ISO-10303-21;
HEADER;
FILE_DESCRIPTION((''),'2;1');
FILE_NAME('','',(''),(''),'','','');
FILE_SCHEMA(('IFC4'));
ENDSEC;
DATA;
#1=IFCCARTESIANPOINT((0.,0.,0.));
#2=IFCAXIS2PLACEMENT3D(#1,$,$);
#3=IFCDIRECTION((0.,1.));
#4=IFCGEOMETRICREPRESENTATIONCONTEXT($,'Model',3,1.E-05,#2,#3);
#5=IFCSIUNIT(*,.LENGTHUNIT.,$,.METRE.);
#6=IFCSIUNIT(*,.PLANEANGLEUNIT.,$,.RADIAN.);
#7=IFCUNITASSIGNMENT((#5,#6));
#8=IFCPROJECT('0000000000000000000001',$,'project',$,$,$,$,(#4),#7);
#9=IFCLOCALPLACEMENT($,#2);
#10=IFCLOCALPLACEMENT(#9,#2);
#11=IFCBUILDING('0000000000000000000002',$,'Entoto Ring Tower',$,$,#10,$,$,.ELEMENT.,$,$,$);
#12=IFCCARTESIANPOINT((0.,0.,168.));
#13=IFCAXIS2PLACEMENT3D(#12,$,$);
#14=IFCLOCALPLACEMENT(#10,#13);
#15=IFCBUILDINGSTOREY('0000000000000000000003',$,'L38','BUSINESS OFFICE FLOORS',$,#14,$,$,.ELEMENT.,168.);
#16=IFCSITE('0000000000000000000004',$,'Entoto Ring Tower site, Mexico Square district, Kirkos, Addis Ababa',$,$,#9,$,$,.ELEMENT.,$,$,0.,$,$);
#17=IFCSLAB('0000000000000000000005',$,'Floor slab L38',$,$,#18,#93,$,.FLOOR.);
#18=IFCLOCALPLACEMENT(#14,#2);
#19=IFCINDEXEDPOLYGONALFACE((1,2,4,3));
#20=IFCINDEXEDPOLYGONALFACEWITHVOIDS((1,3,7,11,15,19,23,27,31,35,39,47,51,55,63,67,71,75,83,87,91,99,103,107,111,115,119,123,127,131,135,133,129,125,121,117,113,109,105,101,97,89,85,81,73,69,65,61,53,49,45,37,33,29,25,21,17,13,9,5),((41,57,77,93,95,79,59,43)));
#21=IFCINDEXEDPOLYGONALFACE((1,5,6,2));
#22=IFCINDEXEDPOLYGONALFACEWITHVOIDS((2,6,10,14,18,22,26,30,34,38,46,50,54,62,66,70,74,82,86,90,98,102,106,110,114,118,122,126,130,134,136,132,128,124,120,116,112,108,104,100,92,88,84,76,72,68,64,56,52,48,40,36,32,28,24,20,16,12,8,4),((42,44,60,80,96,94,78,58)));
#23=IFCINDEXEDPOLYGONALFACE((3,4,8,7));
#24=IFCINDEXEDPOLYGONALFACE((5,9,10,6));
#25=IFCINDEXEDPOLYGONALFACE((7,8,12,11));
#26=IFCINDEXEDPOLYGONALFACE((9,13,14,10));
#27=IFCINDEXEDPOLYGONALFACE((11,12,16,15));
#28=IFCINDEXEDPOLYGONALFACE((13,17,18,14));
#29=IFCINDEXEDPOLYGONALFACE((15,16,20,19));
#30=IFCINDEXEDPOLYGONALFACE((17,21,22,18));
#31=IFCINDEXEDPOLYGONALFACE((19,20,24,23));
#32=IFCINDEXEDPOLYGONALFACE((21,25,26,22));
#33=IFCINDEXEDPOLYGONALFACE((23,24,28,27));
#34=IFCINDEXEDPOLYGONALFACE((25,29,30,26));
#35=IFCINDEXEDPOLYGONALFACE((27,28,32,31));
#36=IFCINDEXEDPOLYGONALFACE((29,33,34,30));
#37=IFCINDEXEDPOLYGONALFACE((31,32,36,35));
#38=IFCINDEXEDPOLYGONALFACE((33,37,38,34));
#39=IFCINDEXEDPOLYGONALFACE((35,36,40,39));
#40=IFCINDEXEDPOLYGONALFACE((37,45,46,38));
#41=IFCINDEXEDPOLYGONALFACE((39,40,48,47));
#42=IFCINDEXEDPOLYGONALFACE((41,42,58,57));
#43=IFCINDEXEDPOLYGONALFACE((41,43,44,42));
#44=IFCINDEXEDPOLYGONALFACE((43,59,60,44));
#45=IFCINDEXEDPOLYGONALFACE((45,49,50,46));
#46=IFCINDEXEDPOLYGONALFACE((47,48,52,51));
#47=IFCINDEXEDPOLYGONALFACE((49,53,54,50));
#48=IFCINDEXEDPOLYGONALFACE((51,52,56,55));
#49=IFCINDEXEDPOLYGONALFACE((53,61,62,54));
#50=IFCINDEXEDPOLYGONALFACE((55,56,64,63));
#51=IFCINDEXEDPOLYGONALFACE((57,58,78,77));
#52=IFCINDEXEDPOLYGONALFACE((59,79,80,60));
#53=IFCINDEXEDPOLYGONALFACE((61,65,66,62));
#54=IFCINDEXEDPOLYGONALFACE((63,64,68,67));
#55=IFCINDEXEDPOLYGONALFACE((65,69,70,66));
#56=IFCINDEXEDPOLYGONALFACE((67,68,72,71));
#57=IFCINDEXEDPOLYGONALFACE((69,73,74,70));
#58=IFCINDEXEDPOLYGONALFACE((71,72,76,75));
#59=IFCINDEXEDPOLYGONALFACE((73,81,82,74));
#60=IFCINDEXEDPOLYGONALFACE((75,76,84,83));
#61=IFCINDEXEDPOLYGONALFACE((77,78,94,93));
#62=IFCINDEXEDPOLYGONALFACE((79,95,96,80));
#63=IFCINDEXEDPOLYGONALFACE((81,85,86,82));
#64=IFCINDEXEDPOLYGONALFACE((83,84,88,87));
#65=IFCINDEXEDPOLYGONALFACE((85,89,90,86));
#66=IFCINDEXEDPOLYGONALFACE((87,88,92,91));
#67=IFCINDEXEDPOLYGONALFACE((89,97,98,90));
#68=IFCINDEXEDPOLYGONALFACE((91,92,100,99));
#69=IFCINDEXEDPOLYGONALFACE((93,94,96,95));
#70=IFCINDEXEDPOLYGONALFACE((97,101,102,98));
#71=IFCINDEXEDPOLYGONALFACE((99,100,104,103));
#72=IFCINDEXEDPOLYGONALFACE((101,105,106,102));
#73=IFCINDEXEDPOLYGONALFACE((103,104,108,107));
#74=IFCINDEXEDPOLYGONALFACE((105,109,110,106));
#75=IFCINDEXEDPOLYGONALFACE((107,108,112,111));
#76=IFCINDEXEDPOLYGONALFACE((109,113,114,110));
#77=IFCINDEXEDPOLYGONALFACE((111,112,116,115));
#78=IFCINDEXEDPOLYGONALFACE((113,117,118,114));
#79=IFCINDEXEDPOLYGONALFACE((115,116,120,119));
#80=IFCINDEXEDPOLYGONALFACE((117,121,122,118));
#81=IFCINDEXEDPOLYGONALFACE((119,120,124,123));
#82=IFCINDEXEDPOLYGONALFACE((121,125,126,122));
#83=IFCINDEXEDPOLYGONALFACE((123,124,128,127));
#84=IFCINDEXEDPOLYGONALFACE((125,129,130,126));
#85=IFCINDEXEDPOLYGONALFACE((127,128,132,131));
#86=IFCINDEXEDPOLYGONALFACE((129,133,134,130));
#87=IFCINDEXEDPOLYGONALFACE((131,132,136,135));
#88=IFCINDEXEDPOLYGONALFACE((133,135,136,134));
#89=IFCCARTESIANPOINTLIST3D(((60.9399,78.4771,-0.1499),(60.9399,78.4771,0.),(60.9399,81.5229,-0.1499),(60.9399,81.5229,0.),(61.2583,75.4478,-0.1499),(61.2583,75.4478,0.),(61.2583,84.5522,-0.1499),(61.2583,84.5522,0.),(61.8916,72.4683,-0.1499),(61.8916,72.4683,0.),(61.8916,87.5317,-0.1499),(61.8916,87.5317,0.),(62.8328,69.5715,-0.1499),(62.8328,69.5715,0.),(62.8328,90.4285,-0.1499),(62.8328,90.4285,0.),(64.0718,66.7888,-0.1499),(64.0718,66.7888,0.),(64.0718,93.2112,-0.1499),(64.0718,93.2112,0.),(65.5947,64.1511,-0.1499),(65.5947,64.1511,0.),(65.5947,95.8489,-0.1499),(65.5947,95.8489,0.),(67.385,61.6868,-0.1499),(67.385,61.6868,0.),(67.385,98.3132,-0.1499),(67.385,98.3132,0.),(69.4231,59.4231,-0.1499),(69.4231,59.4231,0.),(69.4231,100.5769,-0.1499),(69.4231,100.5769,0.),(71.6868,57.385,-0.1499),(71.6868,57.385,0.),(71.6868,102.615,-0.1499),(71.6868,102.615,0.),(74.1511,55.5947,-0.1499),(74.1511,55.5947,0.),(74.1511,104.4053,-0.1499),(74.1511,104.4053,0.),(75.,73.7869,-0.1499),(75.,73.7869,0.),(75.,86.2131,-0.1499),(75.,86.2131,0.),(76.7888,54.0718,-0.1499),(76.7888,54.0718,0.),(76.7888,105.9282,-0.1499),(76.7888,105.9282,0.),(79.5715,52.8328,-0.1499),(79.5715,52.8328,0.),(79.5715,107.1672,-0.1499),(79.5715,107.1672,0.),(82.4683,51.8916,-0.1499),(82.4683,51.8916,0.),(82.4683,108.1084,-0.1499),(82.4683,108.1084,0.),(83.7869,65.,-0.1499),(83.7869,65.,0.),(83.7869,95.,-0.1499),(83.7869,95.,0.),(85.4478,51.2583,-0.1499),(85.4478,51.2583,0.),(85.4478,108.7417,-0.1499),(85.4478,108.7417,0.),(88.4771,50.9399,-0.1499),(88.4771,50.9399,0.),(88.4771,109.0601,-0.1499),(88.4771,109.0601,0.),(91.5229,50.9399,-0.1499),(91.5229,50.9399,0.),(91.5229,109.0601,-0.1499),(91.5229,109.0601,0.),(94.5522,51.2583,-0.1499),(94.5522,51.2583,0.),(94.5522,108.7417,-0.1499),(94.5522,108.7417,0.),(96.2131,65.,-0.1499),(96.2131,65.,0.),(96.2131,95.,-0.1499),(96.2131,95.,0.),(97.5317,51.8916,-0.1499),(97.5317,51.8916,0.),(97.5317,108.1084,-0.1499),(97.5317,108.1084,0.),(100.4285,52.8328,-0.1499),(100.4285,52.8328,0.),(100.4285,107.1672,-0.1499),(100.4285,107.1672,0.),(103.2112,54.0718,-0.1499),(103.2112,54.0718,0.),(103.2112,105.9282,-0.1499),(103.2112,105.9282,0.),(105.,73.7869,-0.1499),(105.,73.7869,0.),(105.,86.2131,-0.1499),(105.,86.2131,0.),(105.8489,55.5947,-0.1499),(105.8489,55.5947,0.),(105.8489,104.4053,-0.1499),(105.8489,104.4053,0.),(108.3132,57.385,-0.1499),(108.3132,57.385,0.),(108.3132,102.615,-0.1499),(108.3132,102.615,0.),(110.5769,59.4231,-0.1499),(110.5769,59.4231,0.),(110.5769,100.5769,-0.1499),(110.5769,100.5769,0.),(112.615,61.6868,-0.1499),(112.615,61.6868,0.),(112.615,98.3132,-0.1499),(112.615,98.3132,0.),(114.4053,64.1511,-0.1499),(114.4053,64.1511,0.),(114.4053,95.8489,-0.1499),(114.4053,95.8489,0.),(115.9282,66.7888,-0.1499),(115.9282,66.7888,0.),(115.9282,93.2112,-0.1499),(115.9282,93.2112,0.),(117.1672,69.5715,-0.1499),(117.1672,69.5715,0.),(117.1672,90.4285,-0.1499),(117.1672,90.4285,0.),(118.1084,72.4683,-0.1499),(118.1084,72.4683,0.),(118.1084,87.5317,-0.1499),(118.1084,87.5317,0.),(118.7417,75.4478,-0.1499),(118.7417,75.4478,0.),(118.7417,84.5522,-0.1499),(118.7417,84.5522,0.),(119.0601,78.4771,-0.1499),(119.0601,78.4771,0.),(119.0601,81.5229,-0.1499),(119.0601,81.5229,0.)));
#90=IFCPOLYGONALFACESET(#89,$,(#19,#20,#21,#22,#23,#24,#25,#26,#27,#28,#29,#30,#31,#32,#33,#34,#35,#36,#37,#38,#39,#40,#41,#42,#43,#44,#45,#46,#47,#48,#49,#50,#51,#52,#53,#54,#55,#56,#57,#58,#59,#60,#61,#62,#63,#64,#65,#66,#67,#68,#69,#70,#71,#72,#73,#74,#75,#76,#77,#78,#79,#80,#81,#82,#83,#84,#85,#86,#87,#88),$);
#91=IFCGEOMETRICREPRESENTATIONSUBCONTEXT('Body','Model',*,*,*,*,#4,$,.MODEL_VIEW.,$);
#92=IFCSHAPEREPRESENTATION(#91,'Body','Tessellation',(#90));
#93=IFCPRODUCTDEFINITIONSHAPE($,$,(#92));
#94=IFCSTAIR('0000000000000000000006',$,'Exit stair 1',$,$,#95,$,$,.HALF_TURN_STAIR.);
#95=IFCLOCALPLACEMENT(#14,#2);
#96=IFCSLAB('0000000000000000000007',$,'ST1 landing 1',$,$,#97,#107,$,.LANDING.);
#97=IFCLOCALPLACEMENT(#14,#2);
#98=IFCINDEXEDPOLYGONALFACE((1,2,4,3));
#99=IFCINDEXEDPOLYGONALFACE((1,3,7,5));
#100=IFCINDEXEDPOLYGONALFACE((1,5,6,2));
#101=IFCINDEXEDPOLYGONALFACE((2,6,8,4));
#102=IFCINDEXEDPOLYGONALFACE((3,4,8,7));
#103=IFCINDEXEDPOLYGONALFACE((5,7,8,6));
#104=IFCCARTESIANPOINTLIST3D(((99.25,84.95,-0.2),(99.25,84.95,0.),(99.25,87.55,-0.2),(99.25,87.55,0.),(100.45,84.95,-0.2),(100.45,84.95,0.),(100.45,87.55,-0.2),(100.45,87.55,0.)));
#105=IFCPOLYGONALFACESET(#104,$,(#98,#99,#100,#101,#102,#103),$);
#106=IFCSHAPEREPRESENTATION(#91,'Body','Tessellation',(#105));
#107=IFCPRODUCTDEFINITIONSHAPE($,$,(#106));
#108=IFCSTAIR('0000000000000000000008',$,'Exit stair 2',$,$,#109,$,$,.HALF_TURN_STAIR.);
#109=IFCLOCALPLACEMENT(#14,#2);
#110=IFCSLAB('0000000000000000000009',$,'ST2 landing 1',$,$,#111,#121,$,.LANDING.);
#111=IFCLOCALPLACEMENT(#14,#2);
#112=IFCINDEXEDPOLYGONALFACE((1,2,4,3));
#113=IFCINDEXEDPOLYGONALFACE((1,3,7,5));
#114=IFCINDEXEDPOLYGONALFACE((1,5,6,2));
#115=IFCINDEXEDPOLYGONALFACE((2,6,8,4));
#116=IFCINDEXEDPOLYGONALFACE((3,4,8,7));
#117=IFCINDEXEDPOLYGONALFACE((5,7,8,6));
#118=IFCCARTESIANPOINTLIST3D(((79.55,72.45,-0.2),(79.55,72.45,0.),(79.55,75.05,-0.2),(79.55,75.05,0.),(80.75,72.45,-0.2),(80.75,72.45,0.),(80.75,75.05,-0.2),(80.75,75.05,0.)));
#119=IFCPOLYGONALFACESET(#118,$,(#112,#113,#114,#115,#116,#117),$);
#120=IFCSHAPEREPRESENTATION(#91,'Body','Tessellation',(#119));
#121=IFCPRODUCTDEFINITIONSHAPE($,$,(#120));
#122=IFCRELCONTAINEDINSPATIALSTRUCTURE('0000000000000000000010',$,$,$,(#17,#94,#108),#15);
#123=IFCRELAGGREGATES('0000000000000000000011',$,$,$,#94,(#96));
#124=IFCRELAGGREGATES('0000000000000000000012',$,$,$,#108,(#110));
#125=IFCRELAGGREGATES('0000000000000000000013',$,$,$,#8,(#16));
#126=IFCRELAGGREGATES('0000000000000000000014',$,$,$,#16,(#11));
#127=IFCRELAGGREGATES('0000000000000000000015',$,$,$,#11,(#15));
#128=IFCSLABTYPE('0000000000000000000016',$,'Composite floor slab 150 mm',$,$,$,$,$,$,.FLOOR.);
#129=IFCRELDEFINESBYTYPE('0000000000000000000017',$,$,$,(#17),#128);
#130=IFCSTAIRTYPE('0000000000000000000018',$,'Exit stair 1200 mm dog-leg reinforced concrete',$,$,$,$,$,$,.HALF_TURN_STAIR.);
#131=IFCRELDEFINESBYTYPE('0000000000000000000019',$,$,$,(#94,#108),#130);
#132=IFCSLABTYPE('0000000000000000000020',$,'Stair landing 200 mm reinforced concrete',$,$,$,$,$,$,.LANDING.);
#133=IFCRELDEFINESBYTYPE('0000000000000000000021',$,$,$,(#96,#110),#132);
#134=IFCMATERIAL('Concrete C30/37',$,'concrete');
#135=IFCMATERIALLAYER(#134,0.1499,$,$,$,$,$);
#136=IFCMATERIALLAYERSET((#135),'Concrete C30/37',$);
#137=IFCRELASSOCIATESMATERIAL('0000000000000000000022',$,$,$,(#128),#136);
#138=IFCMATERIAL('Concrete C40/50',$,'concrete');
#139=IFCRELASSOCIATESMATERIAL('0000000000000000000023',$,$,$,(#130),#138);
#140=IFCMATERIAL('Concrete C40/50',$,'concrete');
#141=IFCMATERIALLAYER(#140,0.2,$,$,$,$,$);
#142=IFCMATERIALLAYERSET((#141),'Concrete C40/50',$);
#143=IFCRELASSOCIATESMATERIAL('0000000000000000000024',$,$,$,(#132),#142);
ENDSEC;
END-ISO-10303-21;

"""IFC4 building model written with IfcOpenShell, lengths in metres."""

from ifc_helpers import new_model, si_unit, direction, frame, origin, place, context, subcontext, project, spatial, polyline, outline, extrude, material, layer, layer_set, type_object, element, aggregate, save


model = new_model("IFC4")

# Units and contexts
model_context = context("Model", 3, precision=1e-05, world=origin(), true_north=direction((0.0, 1.0)))
body_context = subcontext(model_context, "Body", "Model", "MODEL_VIEW")
ifc_project = project(units=[si_unit("LENGTHUNIT", "METRE"), si_unit("PLANEANGLEUNIT", "RADIAN")], contexts=[model_context])

# Site, building, storey
site_placement = place(None, origin())
building_placement = place(site_placement, origin())
storey_placement = place(building_placement, frame((0.0, 0.0, 168.0)))
site = spatial("IfcSite", under=ifc_project, at=site_placement, Name="Entoto Ring Tower site, Mexico Square district, Kirkos, Addis Ababa", CompositionType="ELEMENT", RefElevation=0.0)
building = spatial("IfcBuilding", under=site, at=building_placement, Name="Entoto Ring Tower", CompositionType="ELEMENT")
storey = spatial("IfcBuildingStorey", under=building, at=storey_placement, Name="L38", Description="BUSINESS OFFICE FLOORS", CompositionType="ELEMENT", Elevation=168.0)

# Slab
ifc_material_1 = material(Name="Concrete C30/37", Category="concrete")
ifc_layer_1 = layer(ifc_material_1, 0.1499)
ifc_layer_set_1 = layer_set([ifc_layer_1], Name="Concrete C30/37")
slab_type_1 = type_object("IfcSlabType", Name="Composite floor slab 150 mm", PredefinedType="FLOOR", material=ifc_layer_set_1)
slab_1_placement = place(storey_placement, frame((0.0, 0.0, -0.1499)))
element("IfcSlab", 1, at=slab_1_placement, inside=storey, type_object=slab_type_1, Name="Floor slab L38", PredefinedType="FLOOR", context=body_context, shape_type="SweptSolid", body=[
    extrude(outline(polyline([(118.7417, 84.5522), (118.1084, 87.5317), (117.1672, 90.4285), (115.9282, 93.2112), (114.4053, 95.8489), (112.615, 98.3132), (110.5769, 100.5769), (108.3132, 102.615), (105.8489, 104.4053), (103.2112, 105.9282), (100.4285, 107.1672), (97.5317, 108.1084), (94.5522, 108.7417), (91.5229, 109.0601), (88.4771, 109.0601), (85.4478, 108.7417), (82.4683, 108.1084), (79.5715, 107.1672), (76.7888, 105.9282), (74.1511, 104.4053), (71.6868, 102.615), (69.4231, 100.5769), (67.385, 98.3132), (65.5947, 95.8489), (64.0718, 93.2112), (62.8328, 90.4285), (61.8916, 87.5317), (61.2583, 84.5522), (60.9399, 81.5229), (60.9399, 78.4771), (61.2583, 75.4478), (61.8916, 72.4683), (62.8328, 69.5715), (64.0718, 66.7888), (65.5947, 64.1511), (67.385, 61.6868), (69.4231, 59.4231), (71.6868, 57.385), (74.1511, 55.5947), (76.7888, 54.0718), (79.5715, 52.8328), (82.4683, 51.8916), (85.4478, 51.2583), (88.4771, 50.9399), (91.5229, 50.9399), (94.5522, 51.2583), (97.5317, 51.8916), (100.4285, 52.8328), (103.2112, 54.0718), (105.8489, 55.5947), (108.3132, 57.385), (110.5769, 59.4231), (112.615, 61.6868), (114.4053, 64.1511), (115.9282, 66.7888), (117.1672, 69.5715), (118.1084, 72.4683), (118.7417, 75.4478), (119.0601, 78.4771), (119.0601, 81.5229), (118.7417, 84.5522)]), holes=[polyline([(105.0, 73.7869), (105.0, 86.2131), (96.2131, 95.0), (83.7869, 95.0), (75.0, 86.2131), (75.0, 73.7869), (83.7869, 65.0), (96.2131, 65.0), (105.0, 73.7869)])]), origin(), (0.0, 0.0, 1.0), 0.1499),
])

# Stairs, slabs
ifc_material_2 = material(Name="Concrete C40/50", Category="concrete")
stair_type = type_object("IfcStairType", Name="Exit stair 1200 mm dog-leg reinforced concrete", PredefinedType="HALF_TURN_STAIR", material=ifc_material_2)
stair_1_placement = place(storey_placement, origin())
stair_1 = element("IfcStair", 2, at=stair_1_placement, inside=storey, type_object=stair_type, Name="Exit stair 1", PredefinedType="HALF_TURN_STAIR")
ifc_material_3 = material(Name="Concrete C40/50", Category="concrete")
ifc_layer_2 = layer(ifc_material_3, 0.2)
ifc_layer_set_2 = layer_set([ifc_layer_2], Name="Concrete C40/50")
slab_type_2 = type_object("IfcSlabType", Name="Stair landing 200 mm reinforced concrete", PredefinedType="LANDING", material=ifc_layer_set_2)
slab_2_placement = place(storey_placement, frame((0.0, 0.0, -0.2)))
slab_2 = element("IfcSlab", 3, at=slab_2_placement, type_object=slab_type_2, Name="ST1 landing 1", PredefinedType="LANDING", context=body_context, shape_type="SweptSolid", body=[
    extrude(outline(polyline([(100.45, 84.95), (100.45, 87.55), (99.25, 87.55), (99.25, 84.95), (100.45, 84.95)])), origin(), (0.0, 0.0, 1.0), 0.2),
])
aggregate(stair_1, [slab_2])
stair_2_placement = place(storey_placement, origin())
stair_2 = element("IfcStair", 4, at=stair_2_placement, inside=storey, type_object=stair_type, Name="Exit stair 2", PredefinedType="HALF_TURN_STAIR")
slab_3_placement = place(storey_placement, frame((0.0, 0.0, -0.2)))
slab_3 = element("IfcSlab", 5, at=slab_3_placement, type_object=slab_type_2, Name="ST2 landing 1", PredefinedType="LANDING", context=body_context, shape_type="SweptSolid", body=[
    extrude(outline(polyline([(80.75, 72.45), (80.75, 75.05), (79.55, 75.05), (79.55, 72.45), (80.75, 72.45)])), origin(), (0.0, 0.0, 1.0), 0.2),
])
aggregate(stair_2, [slab_3])

save(model, "model.ifc")
